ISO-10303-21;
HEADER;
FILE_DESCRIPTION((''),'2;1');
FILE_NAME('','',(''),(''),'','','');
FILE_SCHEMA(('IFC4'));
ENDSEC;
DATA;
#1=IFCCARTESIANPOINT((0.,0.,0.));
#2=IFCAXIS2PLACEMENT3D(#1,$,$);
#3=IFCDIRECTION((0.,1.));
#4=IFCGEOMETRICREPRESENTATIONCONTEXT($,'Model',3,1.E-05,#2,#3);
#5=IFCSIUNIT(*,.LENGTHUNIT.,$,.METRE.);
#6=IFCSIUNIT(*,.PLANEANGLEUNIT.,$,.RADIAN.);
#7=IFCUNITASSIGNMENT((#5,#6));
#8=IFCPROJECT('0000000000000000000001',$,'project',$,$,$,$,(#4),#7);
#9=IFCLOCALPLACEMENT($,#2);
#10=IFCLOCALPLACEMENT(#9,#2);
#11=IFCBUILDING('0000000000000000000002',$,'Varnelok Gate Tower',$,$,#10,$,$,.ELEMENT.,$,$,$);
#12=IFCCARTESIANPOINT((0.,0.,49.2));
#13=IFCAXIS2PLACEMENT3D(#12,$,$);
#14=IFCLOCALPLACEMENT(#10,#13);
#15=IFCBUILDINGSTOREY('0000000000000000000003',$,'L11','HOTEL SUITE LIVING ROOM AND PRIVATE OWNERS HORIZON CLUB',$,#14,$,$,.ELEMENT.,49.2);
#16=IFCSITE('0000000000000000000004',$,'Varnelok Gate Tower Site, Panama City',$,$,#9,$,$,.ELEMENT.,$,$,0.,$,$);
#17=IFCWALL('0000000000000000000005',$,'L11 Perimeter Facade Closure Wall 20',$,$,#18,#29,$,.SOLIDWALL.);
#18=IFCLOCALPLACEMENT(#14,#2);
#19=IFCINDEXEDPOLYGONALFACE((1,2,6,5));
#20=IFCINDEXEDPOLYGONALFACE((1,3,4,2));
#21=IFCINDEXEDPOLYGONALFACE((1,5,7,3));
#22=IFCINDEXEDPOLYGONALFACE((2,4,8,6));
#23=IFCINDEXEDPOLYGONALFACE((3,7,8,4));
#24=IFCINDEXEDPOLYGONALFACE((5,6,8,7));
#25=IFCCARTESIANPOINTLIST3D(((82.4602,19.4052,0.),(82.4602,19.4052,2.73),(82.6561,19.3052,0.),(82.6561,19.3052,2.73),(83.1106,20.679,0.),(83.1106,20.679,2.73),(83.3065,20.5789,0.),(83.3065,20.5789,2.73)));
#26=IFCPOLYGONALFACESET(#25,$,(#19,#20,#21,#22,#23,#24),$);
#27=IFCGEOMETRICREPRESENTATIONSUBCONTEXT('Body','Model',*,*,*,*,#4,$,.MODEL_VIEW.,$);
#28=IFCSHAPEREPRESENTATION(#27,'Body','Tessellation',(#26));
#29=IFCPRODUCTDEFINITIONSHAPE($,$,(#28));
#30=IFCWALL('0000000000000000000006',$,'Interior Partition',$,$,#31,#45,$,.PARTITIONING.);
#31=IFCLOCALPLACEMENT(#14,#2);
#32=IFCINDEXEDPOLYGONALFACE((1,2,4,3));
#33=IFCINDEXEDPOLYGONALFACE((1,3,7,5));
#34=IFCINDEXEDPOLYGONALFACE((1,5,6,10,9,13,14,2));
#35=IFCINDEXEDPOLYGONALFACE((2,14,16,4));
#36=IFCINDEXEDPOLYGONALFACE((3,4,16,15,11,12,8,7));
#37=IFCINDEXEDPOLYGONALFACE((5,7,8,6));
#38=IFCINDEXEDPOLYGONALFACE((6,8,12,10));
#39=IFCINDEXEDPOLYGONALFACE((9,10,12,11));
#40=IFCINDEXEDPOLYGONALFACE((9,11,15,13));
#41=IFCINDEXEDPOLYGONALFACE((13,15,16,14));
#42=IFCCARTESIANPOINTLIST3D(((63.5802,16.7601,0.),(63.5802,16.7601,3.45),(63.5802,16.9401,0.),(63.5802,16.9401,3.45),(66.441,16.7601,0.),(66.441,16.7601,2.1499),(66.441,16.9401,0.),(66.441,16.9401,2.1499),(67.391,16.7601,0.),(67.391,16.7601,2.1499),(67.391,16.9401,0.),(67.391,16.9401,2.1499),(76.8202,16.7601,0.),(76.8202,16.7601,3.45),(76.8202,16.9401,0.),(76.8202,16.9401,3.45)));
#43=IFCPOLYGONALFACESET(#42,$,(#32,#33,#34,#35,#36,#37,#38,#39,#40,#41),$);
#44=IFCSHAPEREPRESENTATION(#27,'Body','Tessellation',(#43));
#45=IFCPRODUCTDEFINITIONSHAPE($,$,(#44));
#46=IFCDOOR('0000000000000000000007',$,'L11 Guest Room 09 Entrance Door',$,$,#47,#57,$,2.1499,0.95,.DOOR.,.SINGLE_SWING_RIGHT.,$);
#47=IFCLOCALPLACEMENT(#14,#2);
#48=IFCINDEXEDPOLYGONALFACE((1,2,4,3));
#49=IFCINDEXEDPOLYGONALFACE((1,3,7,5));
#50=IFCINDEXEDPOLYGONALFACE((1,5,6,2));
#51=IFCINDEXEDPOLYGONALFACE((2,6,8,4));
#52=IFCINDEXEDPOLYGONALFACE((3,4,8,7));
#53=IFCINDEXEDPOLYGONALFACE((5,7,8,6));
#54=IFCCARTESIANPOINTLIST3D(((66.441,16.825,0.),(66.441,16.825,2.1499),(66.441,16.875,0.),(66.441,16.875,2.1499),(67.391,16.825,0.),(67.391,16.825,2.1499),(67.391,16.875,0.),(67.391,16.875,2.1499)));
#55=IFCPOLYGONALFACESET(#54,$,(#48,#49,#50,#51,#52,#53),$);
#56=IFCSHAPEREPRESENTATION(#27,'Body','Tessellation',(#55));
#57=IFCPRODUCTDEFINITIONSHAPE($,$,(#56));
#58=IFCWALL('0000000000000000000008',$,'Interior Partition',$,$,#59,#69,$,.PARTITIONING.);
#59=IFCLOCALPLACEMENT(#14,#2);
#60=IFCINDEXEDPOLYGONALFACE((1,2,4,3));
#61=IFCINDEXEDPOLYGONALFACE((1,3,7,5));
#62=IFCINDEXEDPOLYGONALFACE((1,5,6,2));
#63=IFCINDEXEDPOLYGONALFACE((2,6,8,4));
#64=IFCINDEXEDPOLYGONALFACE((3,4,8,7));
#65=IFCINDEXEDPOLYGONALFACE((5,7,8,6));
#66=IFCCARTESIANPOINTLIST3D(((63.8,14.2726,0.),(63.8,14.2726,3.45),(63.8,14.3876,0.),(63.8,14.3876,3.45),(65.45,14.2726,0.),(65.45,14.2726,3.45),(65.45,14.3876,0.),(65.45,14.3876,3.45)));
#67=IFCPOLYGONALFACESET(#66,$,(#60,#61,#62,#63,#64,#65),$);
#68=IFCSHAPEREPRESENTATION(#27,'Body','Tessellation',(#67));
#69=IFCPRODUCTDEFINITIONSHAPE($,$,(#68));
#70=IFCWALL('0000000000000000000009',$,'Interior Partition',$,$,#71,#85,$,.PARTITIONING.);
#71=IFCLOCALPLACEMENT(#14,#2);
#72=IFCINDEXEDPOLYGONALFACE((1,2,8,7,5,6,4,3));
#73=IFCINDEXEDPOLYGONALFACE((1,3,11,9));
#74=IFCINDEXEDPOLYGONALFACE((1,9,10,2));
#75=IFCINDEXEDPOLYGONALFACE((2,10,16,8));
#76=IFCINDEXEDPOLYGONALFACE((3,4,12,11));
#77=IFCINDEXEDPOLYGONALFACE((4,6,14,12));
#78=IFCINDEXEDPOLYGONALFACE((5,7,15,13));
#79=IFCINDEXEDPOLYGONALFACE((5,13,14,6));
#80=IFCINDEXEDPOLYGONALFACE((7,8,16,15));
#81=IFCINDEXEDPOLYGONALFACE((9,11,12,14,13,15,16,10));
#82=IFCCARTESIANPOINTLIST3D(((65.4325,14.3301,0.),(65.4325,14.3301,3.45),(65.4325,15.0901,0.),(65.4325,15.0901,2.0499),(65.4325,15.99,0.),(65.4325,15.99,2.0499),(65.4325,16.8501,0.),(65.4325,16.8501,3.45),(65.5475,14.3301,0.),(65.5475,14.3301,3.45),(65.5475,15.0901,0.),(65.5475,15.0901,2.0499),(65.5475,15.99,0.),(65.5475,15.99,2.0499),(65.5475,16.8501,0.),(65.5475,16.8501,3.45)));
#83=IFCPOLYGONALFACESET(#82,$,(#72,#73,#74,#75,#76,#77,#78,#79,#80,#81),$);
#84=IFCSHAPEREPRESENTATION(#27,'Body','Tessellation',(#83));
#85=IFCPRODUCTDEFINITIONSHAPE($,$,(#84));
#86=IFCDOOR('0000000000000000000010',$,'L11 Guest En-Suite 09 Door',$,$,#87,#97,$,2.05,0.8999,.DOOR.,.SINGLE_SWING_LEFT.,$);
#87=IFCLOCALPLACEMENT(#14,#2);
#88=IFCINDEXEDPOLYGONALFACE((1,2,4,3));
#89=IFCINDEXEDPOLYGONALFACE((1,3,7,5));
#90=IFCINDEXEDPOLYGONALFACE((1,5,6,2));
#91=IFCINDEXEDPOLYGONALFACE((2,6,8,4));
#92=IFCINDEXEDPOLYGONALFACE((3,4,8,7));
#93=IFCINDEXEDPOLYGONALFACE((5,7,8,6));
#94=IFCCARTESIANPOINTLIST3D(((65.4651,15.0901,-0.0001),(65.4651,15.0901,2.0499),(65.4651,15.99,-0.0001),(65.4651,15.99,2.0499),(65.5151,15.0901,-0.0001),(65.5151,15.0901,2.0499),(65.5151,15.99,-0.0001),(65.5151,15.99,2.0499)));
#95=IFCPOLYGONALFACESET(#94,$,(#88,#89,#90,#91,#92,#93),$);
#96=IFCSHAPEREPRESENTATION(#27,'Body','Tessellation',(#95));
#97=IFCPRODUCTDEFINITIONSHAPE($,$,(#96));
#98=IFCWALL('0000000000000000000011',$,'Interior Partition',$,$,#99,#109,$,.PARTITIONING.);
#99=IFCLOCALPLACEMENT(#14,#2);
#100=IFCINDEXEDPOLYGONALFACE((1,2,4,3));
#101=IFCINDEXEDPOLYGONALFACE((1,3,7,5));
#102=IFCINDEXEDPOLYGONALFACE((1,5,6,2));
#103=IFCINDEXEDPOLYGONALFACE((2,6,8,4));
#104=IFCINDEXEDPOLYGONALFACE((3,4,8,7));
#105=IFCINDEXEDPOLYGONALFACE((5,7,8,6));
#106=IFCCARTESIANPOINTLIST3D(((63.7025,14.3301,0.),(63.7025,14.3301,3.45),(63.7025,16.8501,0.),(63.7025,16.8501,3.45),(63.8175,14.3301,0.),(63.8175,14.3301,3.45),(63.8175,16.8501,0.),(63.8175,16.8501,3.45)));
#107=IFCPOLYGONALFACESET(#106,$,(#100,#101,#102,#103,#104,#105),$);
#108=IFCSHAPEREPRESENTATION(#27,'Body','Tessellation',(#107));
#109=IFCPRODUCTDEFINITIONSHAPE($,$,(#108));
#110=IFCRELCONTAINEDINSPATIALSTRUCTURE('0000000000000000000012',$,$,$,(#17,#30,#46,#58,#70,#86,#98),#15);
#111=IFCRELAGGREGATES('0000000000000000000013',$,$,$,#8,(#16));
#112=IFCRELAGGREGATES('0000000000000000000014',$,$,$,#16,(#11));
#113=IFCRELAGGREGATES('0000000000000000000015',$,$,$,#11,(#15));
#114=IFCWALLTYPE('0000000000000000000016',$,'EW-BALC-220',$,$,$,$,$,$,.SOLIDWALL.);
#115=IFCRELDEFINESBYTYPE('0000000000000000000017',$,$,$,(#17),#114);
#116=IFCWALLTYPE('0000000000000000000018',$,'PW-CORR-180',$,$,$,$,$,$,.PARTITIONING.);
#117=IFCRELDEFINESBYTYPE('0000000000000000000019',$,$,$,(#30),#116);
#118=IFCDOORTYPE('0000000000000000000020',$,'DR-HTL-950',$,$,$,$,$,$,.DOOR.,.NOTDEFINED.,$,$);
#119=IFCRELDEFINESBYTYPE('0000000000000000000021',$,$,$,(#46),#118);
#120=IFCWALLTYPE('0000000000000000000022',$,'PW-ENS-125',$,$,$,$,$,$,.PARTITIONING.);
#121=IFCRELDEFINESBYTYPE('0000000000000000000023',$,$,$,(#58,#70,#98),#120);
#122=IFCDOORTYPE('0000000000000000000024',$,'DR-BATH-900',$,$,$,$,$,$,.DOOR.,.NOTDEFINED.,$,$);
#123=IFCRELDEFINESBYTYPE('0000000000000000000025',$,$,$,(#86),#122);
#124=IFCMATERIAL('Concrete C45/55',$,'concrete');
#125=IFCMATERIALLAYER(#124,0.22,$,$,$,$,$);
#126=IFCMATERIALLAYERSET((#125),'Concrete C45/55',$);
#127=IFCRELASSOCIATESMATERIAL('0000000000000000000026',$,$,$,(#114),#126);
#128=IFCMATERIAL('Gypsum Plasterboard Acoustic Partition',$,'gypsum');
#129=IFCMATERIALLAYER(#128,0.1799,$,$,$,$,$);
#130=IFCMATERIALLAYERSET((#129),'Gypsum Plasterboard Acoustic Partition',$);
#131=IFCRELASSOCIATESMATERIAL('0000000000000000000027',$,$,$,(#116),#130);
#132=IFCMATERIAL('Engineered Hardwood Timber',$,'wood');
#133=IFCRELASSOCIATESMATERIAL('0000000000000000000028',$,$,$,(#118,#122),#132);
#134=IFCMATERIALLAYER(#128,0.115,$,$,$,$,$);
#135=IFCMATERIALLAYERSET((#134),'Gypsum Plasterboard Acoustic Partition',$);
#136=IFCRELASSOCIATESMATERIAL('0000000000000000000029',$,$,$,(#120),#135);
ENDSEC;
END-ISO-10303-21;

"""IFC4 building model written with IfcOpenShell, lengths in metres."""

from ifc_helpers import new_model, si_unit, direction, frame, frame_2d, origin, place, context, subcontext, project, spatial, rectangle, extrude, material, layer, layer_set, type_object, element, fill, save


model = new_model("IFC4")

# Units and contexts
model_context = context("Model", 3, precision=1e-05, world=origin(), true_north=direction((0.0, 1.0)))
body_context = subcontext(model_context, "Body", "Model", "MODEL_VIEW")
ifc_project = project(units=[si_unit("LENGTHUNIT", "METRE"), si_unit("PLANEANGLEUNIT", "RADIAN")], contexts=[model_context])

# Site, building, storey
site_placement = place(None, origin())
site = spatial("IfcSite", under=ifc_project, at=site_placement, Name="Varnelok Gate Tower Site, Panama City", CompositionType="ELEMENT", RefElevation=0.0)
building_placement = place(site_placement, origin())
building = spatial("IfcBuilding", under=site, at=building_placement, Name="Varnelok Gate Tower", CompositionType="ELEMENT")
storey_placement = place(building_placement, frame((0.0, 0.0, 49.2)))
storey = spatial("IfcBuildingStorey", under=building, at=storey_placement, Name="L11", Description="HOTEL SUITE LIVING ROOM AND PRIVATE OWNERS HORIZON CLUB", CompositionType="ELEMENT", Elevation=49.2)

# Wall
ifc_material_1 = material(Name="Concrete C45/55", Category="concrete")
ifc_layer_1 = layer(ifc_material_1, 0.22)
ifc_layer_set_1 = layer_set([ifc_layer_1], Name="Concrete C45/55")
wall_type_1 = type_object("IfcWallType", Name="EW-BALC-220", PredefinedType="SOLIDWALL", material=ifc_layer_set_1)
wall_1_placement = place(storey_placement, frame((82.5581, 19.3552, 0.0), z_axis=(0.0, 0.0, 1.0), x_axis=(0.454777, 0.890605, 0.0)))
element("IfcWall", 1, at=wall_1_placement, inside=storey, type_object=wall_type_1, Name="L11 Perimeter Facade Closure Wall 20", PredefinedType="SOLIDWALL", context=body_context, shape_type="SweptSolid", body=[
    extrude(rectangle(XDim=1.4302, YDim=0.22, at=frame_2d((0.7151, 0.0))), origin(), (0.0, 0.0, 1.0), 2.73),
])

# Wall, opening, door
ifc_material_2 = material(Name="Gypsum Plasterboard Acoustic Partition", Category="gypsum")
ifc_layer_2 = layer(ifc_material_2, 0.1799)
ifc_layer_set_2 = layer_set([ifc_layer_2], Name="Gypsum Plasterboard Acoustic Partition")
wall_type_2 = type_object("IfcWallType", Name="PW-CORR-180", PredefinedType="PARTITIONING", material=ifc_layer_set_2)
wall_2_placement = place(storey_placement, frame((63.5801, 16.8501, 0.0), z_axis=(0.0, 0.0, 1.0), x_axis=(1.0, 0.0, 0.0)))
wall_2 = element("IfcWall", 2, at=wall_2_placement, inside=storey, type_object=wall_type_2, Name="Interior Partition", PredefinedType="PARTITIONING", context=body_context, shape_type="SweptSolid", body=[
    extrude(rectangle(XDim=13.24, YDim=0.1799, at=frame_2d((6.6201, 0.0))), origin(), (0.0, 0.0, 1.0), 3.45),
])
opening_1_placement = place(wall_2_placement, frame((2.8608, 0.0, 0.0)))
opening_1 = element("IfcOpeningElement", 3, at=opening_1_placement, cuts=wall_2, PredefinedType="OPENING", context=body_context, shape_type="SweptSolid", body=[
    extrude(rectangle(XDim=0.95, YDim=2.1499, at=frame_2d((0.4751, 1.075))), frame((0.0, 0.0999, 0.0), z_axis=(0.0, -1.0, 0.0), x_axis=(1.0, 0.0, 0.0)), (0.0, 0.0, 1.0), 0.2),
])
ifc_material_3 = material(Name="Engineered Hardwood Timber", Category="wood")
door_type_1 = type_object("IfcDoorType", Name="DR-HTL-950", OperationType="NOTDEFINED", PredefinedType="DOOR", material=ifc_material_3)
door_1_placement = place(opening_1_placement, origin())
door_1 = element("IfcDoor", 4, at=door_1_placement, inside=storey, type_object=door_type_1, Name="L11 Guest Room 09 Entrance Door", OperationType="SINGLE_SWING_RIGHT", OverallHeight=2.1499, OverallWidth=0.95, PredefinedType="DOOR", context=body_context, shape_type="SweptSolid", body=[
    extrude(rectangle(XDim=0.95, YDim=2.1499, at=frame_2d((0.4751, 1.075))), frame((0.0, 0.0249, 0.0), z_axis=(0.0, -1.0, 0.0), x_axis=(1.0, 0.0, 0.0)), (0.0, 0.0, 1.0), 0.05),
])
fill(opening_1, door_1)

# Wall
ifc_layer_3 = layer(ifc_material_2, 0.115)
ifc_layer_set_3 = layer_set([ifc_layer_3], Name="Gypsum Plasterboard Acoustic Partition")
wall_type_3 = type_object("IfcWallType", Name="PW-ENS-125", PredefinedType="PARTITIONING", material=ifc_layer_set_3)
wall_3_placement = place(storey_placement, frame((63.8, 14.3301, 0.0), z_axis=(0.0, 0.0, 1.0), x_axis=(1.0, 0.0, 0.0)))
element("IfcWall", 5, at=wall_3_placement, inside=storey, type_object=wall_type_3, Name="Interior Partition", PredefinedType="PARTITIONING", context=body_context, shape_type="SweptSolid", body=[
    extrude(rectangle(XDim=1.6499, YDim=0.115, at=frame_2d((0.825, 0.0))), origin(), (0.0, 0.0, 1.0), 3.45),
])

# Wall, opening, door
wall_4_placement = place(storey_placement, frame((65.49, 14.3301, 0.0), z_axis=(0.0, 0.0, 1.0), x_axis=(0.0, 1.0, 0.0)))
wall_4 = element("IfcWall", 6, at=wall_4_placement, inside=storey, type_object=wall_type_3, Name="Interior Partition", PredefinedType="PARTITIONING", context=body_context, shape_type="SweptSolid", body=[
    extrude(rectangle(XDim=2.52, YDim=0.115, at=frame_2d((1.26, 0.0))), origin(), (0.0, 0.0, 1.0), 3.45),
])
opening_2_placement = place(wall_4_placement, frame((0.76, 0.0, 0.0)))
opening_2 = element("IfcOpeningElement", 7, at=opening_2_placement, cuts=wall_4, PredefinedType="OPENING", context=body_context, shape_type="SweptSolid", body=[
    extrude(rectangle(XDim=0.8999, YDim=2.05, at=frame_2d((0.45, 1.0249))), frame((0.0, 0.0674, 0.0), z_axis=(0.0, -1.0, 0.0), x_axis=(1.0, 0.0, 0.0)), (0.0, 0.0, 1.0), 0.135),
])
door_type_2 = type_object("IfcDoorType", Name="DR-BATH-900", OperationType="NOTDEFINED", PredefinedType="DOOR", material=ifc_material_3)
door_2_placement = place(opening_2_placement, origin())
door_2 = element("IfcDoor", 8, at=door_2_placement, inside=storey, type_object=door_type_2, Name="L11 Guest En-Suite 09 Door", OperationType="SINGLE_SWING_LEFT", OverallHeight=2.05, OverallWidth=0.8999, PredefinedType="DOOR", context=body_context, shape_type="SweptSolid", body=[
    extrude(rectangle(XDim=0.8999, YDim=2.05, at=frame_2d((0.45, 1.0249))), frame((0.0, 0.0249, 0.0), z_axis=(0.0, -1.0, 0.0), x_axis=(1.0, 0.0, 0.0)), (0.0, 0.0, 1.0), 0.05),
])
fill(opening_2, door_2)

# Wall
wall_5_placement = place(storey_placement, frame((63.76, 14.3301, 0.0), z_axis=(0.0, 0.0, 1.0), x_axis=(0.0, 1.0, 0.0)))
element("IfcWall", 9, at=wall_5_placement, inside=storey, type_object=wall_type_3, Name="Interior Partition", PredefinedType="PARTITIONING", context=body_context, shape_type="SweptSolid", body=[
    extrude(rectangle(XDim=2.52, YDim=0.115, at=frame_2d((1.26, 0.0))), origin(), (0.0, 0.0, 1.0), 3.45),
])

save(model, "model.ifc")
